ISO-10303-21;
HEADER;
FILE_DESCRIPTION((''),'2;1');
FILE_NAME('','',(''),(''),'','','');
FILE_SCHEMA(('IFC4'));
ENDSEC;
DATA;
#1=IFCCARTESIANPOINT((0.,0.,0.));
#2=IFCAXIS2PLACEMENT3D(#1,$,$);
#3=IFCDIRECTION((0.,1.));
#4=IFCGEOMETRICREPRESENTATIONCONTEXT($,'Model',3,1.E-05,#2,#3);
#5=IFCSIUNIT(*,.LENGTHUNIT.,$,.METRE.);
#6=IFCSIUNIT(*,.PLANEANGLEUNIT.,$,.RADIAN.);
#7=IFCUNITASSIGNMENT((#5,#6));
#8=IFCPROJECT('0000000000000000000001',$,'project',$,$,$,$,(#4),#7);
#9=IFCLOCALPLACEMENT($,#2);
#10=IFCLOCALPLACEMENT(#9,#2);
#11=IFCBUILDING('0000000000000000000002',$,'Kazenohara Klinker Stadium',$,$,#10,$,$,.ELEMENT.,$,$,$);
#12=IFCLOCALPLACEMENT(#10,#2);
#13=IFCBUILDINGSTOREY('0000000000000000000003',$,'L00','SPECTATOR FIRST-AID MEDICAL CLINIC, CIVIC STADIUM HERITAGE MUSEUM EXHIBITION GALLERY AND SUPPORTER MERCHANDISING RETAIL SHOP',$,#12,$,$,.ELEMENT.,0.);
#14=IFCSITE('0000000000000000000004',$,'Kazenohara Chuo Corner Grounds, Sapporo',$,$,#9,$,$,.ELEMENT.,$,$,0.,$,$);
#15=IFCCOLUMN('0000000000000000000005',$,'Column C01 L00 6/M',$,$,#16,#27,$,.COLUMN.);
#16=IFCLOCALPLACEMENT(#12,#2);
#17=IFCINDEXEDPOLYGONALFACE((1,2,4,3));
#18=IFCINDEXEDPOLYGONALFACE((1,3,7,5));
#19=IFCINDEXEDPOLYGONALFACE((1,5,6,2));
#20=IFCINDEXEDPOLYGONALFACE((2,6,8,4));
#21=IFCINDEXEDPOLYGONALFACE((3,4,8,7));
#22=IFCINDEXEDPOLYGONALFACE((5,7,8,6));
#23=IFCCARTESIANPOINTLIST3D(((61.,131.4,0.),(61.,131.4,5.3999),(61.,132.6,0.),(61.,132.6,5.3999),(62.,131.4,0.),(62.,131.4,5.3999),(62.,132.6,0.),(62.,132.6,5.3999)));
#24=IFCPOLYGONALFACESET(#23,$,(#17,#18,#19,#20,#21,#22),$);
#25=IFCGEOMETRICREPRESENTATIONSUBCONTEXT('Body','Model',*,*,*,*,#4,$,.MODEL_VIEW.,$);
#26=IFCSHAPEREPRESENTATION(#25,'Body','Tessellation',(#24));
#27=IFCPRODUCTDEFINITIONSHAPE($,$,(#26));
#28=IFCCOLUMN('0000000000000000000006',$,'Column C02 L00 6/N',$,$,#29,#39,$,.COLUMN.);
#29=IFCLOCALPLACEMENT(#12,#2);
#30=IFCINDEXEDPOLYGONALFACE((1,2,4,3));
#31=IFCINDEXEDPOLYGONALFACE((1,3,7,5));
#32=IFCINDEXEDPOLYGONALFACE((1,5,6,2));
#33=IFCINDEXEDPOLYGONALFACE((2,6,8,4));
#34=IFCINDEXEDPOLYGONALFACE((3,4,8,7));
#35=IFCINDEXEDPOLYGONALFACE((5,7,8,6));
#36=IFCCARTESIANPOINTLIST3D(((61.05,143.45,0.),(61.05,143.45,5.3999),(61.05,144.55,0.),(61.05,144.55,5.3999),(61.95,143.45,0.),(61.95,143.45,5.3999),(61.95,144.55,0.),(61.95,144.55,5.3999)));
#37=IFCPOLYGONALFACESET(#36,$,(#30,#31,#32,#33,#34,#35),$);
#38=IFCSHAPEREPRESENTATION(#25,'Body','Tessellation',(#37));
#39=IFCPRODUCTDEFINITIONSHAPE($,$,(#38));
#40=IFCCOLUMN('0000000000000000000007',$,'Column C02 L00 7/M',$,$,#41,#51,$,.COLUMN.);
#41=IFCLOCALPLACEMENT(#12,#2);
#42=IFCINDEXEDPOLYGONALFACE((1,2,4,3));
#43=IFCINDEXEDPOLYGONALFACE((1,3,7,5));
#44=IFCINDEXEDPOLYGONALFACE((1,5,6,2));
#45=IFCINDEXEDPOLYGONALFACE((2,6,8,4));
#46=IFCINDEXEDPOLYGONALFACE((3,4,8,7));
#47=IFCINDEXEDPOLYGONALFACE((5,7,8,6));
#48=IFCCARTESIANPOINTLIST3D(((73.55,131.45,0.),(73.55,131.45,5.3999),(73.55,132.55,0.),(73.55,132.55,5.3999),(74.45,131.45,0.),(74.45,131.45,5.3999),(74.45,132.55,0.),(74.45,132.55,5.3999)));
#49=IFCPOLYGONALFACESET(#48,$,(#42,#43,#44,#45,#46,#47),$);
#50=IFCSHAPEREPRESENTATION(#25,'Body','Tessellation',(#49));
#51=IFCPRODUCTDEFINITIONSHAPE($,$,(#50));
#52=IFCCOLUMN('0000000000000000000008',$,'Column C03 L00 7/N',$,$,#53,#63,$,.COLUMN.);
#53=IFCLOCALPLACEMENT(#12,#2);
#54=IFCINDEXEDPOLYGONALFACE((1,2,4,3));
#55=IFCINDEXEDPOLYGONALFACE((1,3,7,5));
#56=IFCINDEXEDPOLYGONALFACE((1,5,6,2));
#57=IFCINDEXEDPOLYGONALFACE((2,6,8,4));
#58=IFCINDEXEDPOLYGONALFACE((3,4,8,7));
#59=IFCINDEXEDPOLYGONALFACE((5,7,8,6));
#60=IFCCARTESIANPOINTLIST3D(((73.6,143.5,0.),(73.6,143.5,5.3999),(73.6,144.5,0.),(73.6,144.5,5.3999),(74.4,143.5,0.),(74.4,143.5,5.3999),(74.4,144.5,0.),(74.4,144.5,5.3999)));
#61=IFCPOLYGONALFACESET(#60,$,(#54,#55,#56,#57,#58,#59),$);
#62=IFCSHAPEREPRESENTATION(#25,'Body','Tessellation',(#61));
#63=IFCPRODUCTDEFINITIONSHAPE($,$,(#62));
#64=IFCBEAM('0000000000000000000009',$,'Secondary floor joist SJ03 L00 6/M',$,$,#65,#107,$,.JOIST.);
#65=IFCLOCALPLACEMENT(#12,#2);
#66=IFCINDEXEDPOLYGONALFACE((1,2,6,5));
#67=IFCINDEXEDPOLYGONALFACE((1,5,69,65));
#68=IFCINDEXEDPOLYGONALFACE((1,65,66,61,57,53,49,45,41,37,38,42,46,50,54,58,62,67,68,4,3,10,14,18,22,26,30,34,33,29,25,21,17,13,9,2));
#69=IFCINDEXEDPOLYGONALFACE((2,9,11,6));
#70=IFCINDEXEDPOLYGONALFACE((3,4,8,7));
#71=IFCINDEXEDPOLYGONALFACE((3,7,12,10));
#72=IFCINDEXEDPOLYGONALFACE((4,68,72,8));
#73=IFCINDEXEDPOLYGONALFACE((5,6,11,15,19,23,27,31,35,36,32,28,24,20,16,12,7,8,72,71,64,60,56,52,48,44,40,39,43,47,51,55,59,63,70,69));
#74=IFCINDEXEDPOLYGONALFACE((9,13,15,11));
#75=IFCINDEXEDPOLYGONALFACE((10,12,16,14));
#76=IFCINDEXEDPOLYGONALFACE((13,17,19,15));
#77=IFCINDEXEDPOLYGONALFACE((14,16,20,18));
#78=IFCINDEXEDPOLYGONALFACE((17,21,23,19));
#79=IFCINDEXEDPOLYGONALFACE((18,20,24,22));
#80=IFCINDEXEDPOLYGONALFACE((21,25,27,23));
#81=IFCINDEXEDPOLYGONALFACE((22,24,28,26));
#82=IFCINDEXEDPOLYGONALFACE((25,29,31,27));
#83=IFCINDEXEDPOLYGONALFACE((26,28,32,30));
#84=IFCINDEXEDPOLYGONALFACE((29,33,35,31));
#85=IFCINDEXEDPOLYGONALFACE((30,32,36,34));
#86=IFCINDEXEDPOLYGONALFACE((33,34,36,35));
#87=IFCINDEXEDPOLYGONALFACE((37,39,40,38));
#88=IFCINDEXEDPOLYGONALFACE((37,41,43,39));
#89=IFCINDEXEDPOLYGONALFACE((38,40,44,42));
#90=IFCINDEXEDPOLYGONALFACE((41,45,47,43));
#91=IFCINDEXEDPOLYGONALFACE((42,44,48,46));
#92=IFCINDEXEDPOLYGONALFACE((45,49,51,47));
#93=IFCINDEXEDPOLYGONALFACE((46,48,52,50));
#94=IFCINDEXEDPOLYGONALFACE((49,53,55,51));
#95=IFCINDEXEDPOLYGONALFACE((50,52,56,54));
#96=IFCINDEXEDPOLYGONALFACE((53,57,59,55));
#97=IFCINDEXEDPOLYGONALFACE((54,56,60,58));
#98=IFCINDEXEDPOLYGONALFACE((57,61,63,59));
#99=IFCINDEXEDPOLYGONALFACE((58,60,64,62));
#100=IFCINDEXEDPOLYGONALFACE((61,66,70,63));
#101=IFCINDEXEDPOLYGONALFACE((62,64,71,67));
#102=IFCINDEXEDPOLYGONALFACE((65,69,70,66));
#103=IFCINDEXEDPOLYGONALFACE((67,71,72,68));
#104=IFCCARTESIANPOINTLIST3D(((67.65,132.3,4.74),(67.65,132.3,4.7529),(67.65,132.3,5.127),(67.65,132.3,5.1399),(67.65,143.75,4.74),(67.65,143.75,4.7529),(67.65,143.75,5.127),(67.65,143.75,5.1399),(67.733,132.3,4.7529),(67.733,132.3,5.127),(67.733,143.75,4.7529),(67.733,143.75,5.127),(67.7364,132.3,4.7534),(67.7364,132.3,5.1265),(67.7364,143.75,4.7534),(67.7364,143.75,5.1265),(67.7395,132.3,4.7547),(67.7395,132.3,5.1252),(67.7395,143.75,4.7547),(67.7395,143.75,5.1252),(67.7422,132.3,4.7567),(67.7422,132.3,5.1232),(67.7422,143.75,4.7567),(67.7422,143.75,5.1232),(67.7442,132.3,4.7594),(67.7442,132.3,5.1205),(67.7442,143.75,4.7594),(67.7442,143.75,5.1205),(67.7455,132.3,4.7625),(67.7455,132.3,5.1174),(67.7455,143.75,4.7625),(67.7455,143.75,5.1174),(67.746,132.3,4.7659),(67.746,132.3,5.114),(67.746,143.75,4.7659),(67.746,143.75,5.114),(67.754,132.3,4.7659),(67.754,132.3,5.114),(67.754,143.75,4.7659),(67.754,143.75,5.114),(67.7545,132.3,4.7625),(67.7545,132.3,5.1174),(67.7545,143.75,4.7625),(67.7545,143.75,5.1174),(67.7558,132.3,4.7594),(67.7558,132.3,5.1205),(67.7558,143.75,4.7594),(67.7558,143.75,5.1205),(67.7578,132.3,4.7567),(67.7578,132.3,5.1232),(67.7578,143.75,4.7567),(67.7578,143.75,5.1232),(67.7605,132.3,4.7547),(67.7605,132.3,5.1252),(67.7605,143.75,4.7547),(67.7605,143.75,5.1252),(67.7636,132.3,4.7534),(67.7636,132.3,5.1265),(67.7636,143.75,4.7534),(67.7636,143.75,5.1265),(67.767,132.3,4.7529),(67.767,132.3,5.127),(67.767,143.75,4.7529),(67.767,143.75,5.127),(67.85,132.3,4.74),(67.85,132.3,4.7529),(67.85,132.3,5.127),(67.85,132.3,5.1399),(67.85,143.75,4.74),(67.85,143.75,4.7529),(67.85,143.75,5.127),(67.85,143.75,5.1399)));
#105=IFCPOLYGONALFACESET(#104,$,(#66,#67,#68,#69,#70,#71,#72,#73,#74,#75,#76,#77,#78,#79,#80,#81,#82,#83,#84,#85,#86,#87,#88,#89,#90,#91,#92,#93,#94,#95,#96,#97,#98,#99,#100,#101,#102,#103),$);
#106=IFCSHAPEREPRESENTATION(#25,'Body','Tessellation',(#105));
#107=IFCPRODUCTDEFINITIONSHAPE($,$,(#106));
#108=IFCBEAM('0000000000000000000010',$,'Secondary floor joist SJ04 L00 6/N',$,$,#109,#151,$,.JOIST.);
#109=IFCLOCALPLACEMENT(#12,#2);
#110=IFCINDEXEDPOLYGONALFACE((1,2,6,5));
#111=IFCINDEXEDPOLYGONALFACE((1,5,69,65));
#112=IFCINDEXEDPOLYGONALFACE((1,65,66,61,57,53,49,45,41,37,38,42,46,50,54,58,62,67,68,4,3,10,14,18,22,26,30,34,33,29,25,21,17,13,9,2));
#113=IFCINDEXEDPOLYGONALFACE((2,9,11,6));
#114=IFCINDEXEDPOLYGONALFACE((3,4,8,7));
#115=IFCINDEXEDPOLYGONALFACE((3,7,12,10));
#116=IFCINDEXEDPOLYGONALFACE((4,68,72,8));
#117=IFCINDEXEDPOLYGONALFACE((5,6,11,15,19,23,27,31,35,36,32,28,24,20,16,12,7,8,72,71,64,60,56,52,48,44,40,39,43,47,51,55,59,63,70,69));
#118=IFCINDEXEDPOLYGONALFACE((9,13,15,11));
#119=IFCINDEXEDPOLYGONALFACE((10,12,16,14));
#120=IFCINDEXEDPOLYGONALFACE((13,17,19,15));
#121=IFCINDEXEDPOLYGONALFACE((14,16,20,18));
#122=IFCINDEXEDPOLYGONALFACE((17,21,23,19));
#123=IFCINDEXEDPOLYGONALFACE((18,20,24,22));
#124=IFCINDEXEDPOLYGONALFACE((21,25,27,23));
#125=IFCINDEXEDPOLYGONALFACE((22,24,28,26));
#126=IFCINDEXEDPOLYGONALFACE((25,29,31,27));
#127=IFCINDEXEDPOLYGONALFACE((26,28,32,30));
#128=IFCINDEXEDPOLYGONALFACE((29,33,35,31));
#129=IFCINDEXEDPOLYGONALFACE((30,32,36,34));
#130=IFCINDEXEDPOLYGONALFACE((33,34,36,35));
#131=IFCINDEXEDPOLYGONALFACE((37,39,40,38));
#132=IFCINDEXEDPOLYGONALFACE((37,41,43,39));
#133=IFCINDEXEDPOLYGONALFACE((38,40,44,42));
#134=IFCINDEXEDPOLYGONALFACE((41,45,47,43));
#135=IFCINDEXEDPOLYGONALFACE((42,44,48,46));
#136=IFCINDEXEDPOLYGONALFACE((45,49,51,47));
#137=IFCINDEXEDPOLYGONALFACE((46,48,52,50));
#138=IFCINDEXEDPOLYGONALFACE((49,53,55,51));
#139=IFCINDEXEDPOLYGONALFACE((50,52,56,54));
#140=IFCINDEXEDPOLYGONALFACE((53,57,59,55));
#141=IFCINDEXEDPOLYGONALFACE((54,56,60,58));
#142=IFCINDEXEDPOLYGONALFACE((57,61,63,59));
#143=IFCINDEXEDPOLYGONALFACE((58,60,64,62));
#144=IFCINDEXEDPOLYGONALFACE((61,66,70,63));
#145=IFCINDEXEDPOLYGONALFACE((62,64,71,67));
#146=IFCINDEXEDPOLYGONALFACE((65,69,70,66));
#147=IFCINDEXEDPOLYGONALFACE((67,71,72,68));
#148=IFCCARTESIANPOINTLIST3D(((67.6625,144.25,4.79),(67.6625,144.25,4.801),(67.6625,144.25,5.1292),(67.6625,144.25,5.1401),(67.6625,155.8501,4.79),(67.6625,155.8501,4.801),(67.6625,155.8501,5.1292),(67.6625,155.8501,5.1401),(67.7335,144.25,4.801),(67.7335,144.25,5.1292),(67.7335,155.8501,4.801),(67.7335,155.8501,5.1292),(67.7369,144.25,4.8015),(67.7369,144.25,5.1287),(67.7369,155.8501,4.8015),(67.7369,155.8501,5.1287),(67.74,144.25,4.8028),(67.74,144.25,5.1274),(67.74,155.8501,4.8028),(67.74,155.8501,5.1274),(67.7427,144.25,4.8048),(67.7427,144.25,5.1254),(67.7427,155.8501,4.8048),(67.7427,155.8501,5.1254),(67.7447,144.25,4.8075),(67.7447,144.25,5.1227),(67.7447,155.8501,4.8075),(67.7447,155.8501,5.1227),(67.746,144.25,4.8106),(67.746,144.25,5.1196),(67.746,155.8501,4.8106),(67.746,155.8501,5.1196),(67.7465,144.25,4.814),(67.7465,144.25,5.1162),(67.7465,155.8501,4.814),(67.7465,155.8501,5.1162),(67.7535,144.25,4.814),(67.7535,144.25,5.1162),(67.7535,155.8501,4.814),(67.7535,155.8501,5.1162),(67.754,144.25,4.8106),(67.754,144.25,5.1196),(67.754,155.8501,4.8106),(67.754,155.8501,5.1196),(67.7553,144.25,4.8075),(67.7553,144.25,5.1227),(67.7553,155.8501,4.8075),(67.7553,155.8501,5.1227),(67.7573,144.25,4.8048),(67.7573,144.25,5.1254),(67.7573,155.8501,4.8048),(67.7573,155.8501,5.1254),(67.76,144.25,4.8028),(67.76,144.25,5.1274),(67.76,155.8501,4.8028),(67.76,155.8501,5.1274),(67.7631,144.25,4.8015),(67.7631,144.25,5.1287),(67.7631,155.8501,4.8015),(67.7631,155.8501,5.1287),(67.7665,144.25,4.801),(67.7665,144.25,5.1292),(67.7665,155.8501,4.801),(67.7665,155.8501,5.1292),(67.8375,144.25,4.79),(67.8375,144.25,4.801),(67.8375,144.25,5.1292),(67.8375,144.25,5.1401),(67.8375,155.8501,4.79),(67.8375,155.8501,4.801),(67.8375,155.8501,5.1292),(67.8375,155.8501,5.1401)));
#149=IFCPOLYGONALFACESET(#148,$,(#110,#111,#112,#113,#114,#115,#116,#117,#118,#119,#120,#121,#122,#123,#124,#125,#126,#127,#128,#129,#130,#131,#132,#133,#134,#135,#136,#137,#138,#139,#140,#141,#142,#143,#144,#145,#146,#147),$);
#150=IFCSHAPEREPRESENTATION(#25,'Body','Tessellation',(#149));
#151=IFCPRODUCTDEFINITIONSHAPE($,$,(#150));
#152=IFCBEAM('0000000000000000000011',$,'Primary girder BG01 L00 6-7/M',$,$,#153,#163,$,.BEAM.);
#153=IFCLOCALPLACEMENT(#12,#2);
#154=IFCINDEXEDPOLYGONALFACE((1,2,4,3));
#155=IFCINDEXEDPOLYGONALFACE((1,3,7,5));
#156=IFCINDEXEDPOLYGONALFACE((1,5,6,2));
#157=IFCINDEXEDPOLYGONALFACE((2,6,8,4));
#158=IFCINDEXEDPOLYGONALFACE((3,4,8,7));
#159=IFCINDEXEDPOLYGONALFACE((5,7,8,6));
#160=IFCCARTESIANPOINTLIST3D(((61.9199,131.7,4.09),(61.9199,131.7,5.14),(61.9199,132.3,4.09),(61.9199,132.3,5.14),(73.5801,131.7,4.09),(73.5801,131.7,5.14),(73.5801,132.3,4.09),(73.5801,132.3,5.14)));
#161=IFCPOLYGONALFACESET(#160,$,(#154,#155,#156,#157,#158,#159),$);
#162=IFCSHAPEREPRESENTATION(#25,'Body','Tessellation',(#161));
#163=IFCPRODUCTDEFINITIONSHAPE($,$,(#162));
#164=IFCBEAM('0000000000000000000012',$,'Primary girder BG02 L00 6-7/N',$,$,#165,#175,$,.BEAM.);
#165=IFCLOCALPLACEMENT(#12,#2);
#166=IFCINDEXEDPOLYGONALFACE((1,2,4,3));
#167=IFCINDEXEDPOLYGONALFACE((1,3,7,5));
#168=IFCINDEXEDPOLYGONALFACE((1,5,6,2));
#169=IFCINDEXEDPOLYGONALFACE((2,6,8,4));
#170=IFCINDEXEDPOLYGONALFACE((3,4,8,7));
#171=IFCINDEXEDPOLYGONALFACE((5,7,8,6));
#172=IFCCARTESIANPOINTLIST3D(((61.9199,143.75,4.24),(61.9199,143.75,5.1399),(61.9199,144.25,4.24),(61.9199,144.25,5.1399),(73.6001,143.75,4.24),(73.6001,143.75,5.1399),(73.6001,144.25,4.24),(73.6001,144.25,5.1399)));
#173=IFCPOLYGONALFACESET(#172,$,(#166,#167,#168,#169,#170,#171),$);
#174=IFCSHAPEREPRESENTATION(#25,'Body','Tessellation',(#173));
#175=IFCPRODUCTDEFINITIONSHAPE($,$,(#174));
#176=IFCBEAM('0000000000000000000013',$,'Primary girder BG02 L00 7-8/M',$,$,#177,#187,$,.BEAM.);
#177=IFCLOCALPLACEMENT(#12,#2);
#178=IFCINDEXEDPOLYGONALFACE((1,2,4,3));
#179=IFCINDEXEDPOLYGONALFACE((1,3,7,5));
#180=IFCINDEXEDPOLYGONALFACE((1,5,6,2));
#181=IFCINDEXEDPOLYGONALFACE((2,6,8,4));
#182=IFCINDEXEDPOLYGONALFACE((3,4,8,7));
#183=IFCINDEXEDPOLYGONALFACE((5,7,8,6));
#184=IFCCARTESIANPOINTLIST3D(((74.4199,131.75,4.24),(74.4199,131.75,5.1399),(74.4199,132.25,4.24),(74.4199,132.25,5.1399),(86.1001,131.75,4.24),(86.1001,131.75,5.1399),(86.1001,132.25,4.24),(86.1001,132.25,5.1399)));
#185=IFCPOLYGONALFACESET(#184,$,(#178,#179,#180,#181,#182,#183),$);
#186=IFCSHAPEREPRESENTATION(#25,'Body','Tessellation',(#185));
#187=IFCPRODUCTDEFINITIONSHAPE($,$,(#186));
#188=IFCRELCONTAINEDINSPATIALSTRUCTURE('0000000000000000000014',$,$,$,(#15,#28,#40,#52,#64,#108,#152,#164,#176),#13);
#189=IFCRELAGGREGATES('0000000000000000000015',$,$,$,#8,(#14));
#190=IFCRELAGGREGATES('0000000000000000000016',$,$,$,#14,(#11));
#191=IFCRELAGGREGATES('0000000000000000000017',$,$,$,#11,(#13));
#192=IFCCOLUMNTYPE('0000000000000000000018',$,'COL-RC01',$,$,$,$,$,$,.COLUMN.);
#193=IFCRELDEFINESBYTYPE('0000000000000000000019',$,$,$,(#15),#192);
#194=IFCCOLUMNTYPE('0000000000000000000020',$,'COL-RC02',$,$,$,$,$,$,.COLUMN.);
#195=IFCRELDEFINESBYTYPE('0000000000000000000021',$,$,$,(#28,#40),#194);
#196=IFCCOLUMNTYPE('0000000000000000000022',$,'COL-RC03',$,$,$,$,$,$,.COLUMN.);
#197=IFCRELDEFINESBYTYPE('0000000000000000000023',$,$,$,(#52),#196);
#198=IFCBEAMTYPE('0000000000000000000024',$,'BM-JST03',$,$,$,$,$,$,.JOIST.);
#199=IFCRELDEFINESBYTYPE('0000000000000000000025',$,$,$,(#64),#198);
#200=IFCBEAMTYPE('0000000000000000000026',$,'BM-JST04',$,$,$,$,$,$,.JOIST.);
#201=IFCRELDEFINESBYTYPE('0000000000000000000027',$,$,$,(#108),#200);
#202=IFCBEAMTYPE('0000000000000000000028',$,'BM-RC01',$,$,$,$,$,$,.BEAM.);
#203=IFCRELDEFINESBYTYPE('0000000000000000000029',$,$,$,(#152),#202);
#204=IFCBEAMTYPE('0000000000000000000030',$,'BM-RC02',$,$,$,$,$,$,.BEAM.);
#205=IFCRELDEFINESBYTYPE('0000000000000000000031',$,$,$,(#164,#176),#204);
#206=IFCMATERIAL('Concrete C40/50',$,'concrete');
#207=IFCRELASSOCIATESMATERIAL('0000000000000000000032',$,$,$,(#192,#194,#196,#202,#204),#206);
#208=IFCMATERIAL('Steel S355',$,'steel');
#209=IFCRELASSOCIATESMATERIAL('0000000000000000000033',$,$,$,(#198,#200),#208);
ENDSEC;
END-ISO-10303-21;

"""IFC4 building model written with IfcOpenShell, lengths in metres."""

from ifc_helpers import new_model, si_unit, direction, frame, origin, origin_2d, place, context, subcontext, project, spatial, rectangle, i_section, extrude, material, material_profile, profile_set, type_object, element, save


model = new_model("IFC4")

# Units and contexts
model_context = context("Model", 3, precision=1e-05, world=origin(), true_north=direction((0.0, 1.0)))
body_context = subcontext(model_context, "Body", "Model", "MODEL_VIEW")
ifc_project = project(units=[si_unit("LENGTHUNIT", "METRE"), si_unit("PLANEANGLEUNIT", "RADIAN")], contexts=[model_context])

# Site, building, storey
site_placement = place(None, origin())
site = spatial("IfcSite", under=ifc_project, at=site_placement, Name="Kazenohara Chuo Corner Grounds, Sapporo", CompositionType="ELEMENT", RefElevation=0.0)
building_placement = place(site_placement, origin())
building = spatial("IfcBuilding", under=site, at=building_placement, Name="Kazenohara Klinker Stadium", CompositionType="ELEMENT")
storey_placement = place(building_placement, origin())
storey = spatial("IfcBuildingStorey", under=building, at=storey_placement, Name="L00", Description="SPECTATOR FIRST-AID MEDICAL CLINIC, CIVIC STADIUM HERITAGE MUSEUM EXHIBITION GALLERY AND SUPPORTER MERCHANDISING RETAIL SHOP", CompositionType="ELEMENT", Elevation=0.0)

# Columns
ifc_material_1 = material(Name="Concrete C40/50", Category="concrete")
ifc_material_profile_1 = material_profile(ifc_material_1, rectangle(XDim=1.0, YDim=1.2, at=origin_2d()), Name="RC-COL-1200x1000")
ifc_profile_set_1 = profile_set([ifc_material_profile_1], Name="Concrete C40/50")
column_type_1 = type_object("IfcColumnType", Name="COL-RC01", PredefinedType="COLUMN", material=ifc_profile_set_1)
column_1_placement = place(storey_placement, frame((61.5, 132.0, 0.0), z_axis=(0.0, 0.0, 1.0), x_axis=(1.0, 0.0, 0.0)))
element("IfcColumn", 1, at=column_1_placement, inside=storey, type_object=column_type_1, Name="Column C01 L00 6/M", PredefinedType="COLUMN", context=body_context, shape_type="SweptSolid", body=[
    extrude(rectangle(XDim=1.0, YDim=1.2, at=origin_2d()), origin(), (0.0, 0.0, 1.0), 5.3999),
])
ifc_material_profile_2 = material_profile(ifc_material_1, rectangle(XDim=0.8999, YDim=1.1001, at=origin_2d()), Name="RC-COL-1100x900")
ifc_profile_set_2 = profile_set([ifc_material_profile_2], Name="Concrete C40/50")
column_type_2 = type_object("IfcColumnType", Name="COL-RC02", PredefinedType="COLUMN", material=ifc_profile_set_2)
for number, where, z_axis, x_axis, name in (
    (2, (61.5, 144.0, 0.0), (0.0, 0.0, 1.0), (1.0, 0.0, 0.0), "Column C02 L00 6/N"),
    (3, (74.0, 132.0, 0.0), (0.0, 0.0, 1.0), (1.0, 0.0, 0.0), "Column C02 L00 7/M"),
):
    element("IfcColumn", number, at=place(storey_placement, frame(where, z_axis=z_axis, x_axis=x_axis)), inside=storey, type_object=column_type_2, Name=name, PredefinedType="COLUMN", context=body_context, shape_type="SweptSolid", body=[
        extrude(rectangle(XDim=0.8999, YDim=1.1001, at=origin_2d()), origin(), (0.0, 0.0, 1.0), 5.3999),
    ])
ifc_material_profile_3 = material_profile(ifc_material_1, rectangle(XDim=0.8, YDim=1.0, at=origin_2d()), Name="RC-COL-1000x800")
ifc_profile_set_3 = profile_set([ifc_material_profile_3], Name="Concrete C40/50")
column_type_3 = type_object("IfcColumnType", Name="COL-RC03", PredefinedType="COLUMN", material=ifc_profile_set_3)
column_2_placement = place(storey_placement, frame((74.0, 144.0, 0.0), z_axis=(0.0, 0.0, 1.0), x_axis=(1.0, 0.0, 0.0)))
element("IfcColumn", 4, at=column_2_placement, inside=storey, type_object=column_type_3, Name="Column C03 L00 7/N", PredefinedType="COLUMN", context=body_context, shape_type="SweptSolid", body=[
    extrude(rectangle(XDim=0.8, YDim=1.0, at=origin_2d()), origin(), (0.0, 0.0, 1.0), 5.3999),
])

# Beams
ifc_material_2 = material(Name="Steel S355", Category="steel")
ifc_material_profile_4 = material_profile(ifc_material_2, i_section(OverallWidth=0.2, OverallDepth=0.3999, WebThickness=0.0081, FlangeThickness=0.0129, FilletRadius=0.0129, at=origin_2d()), Name="H-400x200x8x13")
ifc_profile_set_4 = profile_set([ifc_material_profile_4], Name="Steel S355")
beam_type_1 = type_object("IfcBeamType", Name="BM-JST03", PredefinedType="JOIST", material=ifc_profile_set_4)
beam_1_placement = place(storey_placement, frame((67.75, 132.3, 4.9399), z_axis=(0.0, 1.0, 0.0), x_axis=(-1.0, 0.0, 0.0)))
element("IfcBeam", 5, at=beam_1_placement, inside=storey, type_object=beam_type_1, Name="Secondary floor joist SJ03 L00 6/M", PredefinedType="JOIST", context=body_context, shape_type="SweptSolid", body=[
    extrude(i_section(OverallWidth=0.2, OverallDepth=0.3999, WebThickness=0.0081, FlangeThickness=0.0129, FilletRadius=0.0129, at=origin_2d()), origin(), (0.0, 0.0, 1.0), 11.45),
])
ifc_material_profile_5 = material_profile(ifc_material_2, i_section(OverallWidth=0.175, OverallDepth=0.3501, WebThickness=0.0071, FlangeThickness=0.011, FilletRadius=0.0129, at=origin_2d()), Name="H-350x175x7x11")
ifc_profile_set_5 = profile_set([ifc_material_profile_5], Name="Steel S355")
beam_type_2 = type_object("IfcBeamType", Name="BM-JST04", PredefinedType="JOIST", material=ifc_profile_set_5)
beam_2_placement = place(storey_placement, frame((67.75, 144.25, 4.9651), z_axis=(0.0, 1.0, 0.0), x_axis=(-1.0, 0.0, 0.0)))
element("IfcBeam", 6, at=beam_2_placement, inside=storey, type_object=beam_type_2, Name="Secondary floor joist SJ04 L00 6/N", PredefinedType="JOIST", context=body_context, shape_type="SweptSolid", body=[
    extrude(i_section(OverallWidth=0.175, OverallDepth=0.3501, WebThickness=0.0071, FlangeThickness=0.011, FilletRadius=0.0129, at=origin_2d()), origin(), (0.0, 0.0, 1.0), 11.6001),
])
ifc_material_profile_6 = material_profile(ifc_material_1, rectangle(XDim=0.6001, YDim=1.05, at=origin_2d()), Name="RC-BM-600x1050")
ifc_profile_set_6 = profile_set([ifc_material_profile_6], Name="Concrete C40/50")
beam_type_3 = type_object("IfcBeamType", Name="BM-RC01", PredefinedType="BEAM", material=ifc_profile_set_6)
beam_3_placement = place(storey_placement, frame((61.9199, 132.0, 4.615), z_axis=(1.0, 0.0, 0.0), x_axis=(0.0, 1.0, 0.0)))
element("IfcBeam", 7, at=beam_3_placement, inside=storey, type_object=beam_type_3, Name="Primary girder BG01 L00 6-7/M", PredefinedType="BEAM", context=body_context, shape_type="SweptSolid", body=[
    extrude(rectangle(XDim=0.6001, YDim=1.05, at=origin_2d()), origin(), (0.0, 0.0, 1.0), 11.6602),
])
ifc_material_profile_7 = material_profile(ifc_material_1, rectangle(XDim=0.5, YDim=0.8999, at=origin_2d()), Name="RC-BM-500x900")
ifc_profile_set_7 = profile_set([ifc_material_profile_7], Name="Concrete C40/50")
beam_type_4 = type_object("IfcBeamType", Name="BM-RC02", PredefinedType="BEAM", material=ifc_profile_set_7)
for number, where, z_axis, x_axis, name in (
    (8, (61.9199, 144.0, 4.6899), (1.0, 0.0, 0.0), (0.0, 1.0, 0.0), "Primary girder BG02 L00 6-7/N"),
    (9, (74.4199, 132.0, 4.6899), (1.0, 0.0, 0.0), (0.0, 1.0, 0.0), "Primary girder BG02 L00 7-8/M"),
):
    element("IfcBeam", number, at=place(storey_placement, frame(where, z_axis=z_axis, x_axis=x_axis)), inside=storey, type_object=beam_type_4, Name=name, PredefinedType="BEAM", context=body_context, shape_type="SweptSolid", body=[
        extrude(rectangle(XDim=0.5, YDim=0.8999, at=origin_2d()), origin(), (0.0, 0.0, 1.0), 11.6802),
    ])

save(model, "model.ifc")
